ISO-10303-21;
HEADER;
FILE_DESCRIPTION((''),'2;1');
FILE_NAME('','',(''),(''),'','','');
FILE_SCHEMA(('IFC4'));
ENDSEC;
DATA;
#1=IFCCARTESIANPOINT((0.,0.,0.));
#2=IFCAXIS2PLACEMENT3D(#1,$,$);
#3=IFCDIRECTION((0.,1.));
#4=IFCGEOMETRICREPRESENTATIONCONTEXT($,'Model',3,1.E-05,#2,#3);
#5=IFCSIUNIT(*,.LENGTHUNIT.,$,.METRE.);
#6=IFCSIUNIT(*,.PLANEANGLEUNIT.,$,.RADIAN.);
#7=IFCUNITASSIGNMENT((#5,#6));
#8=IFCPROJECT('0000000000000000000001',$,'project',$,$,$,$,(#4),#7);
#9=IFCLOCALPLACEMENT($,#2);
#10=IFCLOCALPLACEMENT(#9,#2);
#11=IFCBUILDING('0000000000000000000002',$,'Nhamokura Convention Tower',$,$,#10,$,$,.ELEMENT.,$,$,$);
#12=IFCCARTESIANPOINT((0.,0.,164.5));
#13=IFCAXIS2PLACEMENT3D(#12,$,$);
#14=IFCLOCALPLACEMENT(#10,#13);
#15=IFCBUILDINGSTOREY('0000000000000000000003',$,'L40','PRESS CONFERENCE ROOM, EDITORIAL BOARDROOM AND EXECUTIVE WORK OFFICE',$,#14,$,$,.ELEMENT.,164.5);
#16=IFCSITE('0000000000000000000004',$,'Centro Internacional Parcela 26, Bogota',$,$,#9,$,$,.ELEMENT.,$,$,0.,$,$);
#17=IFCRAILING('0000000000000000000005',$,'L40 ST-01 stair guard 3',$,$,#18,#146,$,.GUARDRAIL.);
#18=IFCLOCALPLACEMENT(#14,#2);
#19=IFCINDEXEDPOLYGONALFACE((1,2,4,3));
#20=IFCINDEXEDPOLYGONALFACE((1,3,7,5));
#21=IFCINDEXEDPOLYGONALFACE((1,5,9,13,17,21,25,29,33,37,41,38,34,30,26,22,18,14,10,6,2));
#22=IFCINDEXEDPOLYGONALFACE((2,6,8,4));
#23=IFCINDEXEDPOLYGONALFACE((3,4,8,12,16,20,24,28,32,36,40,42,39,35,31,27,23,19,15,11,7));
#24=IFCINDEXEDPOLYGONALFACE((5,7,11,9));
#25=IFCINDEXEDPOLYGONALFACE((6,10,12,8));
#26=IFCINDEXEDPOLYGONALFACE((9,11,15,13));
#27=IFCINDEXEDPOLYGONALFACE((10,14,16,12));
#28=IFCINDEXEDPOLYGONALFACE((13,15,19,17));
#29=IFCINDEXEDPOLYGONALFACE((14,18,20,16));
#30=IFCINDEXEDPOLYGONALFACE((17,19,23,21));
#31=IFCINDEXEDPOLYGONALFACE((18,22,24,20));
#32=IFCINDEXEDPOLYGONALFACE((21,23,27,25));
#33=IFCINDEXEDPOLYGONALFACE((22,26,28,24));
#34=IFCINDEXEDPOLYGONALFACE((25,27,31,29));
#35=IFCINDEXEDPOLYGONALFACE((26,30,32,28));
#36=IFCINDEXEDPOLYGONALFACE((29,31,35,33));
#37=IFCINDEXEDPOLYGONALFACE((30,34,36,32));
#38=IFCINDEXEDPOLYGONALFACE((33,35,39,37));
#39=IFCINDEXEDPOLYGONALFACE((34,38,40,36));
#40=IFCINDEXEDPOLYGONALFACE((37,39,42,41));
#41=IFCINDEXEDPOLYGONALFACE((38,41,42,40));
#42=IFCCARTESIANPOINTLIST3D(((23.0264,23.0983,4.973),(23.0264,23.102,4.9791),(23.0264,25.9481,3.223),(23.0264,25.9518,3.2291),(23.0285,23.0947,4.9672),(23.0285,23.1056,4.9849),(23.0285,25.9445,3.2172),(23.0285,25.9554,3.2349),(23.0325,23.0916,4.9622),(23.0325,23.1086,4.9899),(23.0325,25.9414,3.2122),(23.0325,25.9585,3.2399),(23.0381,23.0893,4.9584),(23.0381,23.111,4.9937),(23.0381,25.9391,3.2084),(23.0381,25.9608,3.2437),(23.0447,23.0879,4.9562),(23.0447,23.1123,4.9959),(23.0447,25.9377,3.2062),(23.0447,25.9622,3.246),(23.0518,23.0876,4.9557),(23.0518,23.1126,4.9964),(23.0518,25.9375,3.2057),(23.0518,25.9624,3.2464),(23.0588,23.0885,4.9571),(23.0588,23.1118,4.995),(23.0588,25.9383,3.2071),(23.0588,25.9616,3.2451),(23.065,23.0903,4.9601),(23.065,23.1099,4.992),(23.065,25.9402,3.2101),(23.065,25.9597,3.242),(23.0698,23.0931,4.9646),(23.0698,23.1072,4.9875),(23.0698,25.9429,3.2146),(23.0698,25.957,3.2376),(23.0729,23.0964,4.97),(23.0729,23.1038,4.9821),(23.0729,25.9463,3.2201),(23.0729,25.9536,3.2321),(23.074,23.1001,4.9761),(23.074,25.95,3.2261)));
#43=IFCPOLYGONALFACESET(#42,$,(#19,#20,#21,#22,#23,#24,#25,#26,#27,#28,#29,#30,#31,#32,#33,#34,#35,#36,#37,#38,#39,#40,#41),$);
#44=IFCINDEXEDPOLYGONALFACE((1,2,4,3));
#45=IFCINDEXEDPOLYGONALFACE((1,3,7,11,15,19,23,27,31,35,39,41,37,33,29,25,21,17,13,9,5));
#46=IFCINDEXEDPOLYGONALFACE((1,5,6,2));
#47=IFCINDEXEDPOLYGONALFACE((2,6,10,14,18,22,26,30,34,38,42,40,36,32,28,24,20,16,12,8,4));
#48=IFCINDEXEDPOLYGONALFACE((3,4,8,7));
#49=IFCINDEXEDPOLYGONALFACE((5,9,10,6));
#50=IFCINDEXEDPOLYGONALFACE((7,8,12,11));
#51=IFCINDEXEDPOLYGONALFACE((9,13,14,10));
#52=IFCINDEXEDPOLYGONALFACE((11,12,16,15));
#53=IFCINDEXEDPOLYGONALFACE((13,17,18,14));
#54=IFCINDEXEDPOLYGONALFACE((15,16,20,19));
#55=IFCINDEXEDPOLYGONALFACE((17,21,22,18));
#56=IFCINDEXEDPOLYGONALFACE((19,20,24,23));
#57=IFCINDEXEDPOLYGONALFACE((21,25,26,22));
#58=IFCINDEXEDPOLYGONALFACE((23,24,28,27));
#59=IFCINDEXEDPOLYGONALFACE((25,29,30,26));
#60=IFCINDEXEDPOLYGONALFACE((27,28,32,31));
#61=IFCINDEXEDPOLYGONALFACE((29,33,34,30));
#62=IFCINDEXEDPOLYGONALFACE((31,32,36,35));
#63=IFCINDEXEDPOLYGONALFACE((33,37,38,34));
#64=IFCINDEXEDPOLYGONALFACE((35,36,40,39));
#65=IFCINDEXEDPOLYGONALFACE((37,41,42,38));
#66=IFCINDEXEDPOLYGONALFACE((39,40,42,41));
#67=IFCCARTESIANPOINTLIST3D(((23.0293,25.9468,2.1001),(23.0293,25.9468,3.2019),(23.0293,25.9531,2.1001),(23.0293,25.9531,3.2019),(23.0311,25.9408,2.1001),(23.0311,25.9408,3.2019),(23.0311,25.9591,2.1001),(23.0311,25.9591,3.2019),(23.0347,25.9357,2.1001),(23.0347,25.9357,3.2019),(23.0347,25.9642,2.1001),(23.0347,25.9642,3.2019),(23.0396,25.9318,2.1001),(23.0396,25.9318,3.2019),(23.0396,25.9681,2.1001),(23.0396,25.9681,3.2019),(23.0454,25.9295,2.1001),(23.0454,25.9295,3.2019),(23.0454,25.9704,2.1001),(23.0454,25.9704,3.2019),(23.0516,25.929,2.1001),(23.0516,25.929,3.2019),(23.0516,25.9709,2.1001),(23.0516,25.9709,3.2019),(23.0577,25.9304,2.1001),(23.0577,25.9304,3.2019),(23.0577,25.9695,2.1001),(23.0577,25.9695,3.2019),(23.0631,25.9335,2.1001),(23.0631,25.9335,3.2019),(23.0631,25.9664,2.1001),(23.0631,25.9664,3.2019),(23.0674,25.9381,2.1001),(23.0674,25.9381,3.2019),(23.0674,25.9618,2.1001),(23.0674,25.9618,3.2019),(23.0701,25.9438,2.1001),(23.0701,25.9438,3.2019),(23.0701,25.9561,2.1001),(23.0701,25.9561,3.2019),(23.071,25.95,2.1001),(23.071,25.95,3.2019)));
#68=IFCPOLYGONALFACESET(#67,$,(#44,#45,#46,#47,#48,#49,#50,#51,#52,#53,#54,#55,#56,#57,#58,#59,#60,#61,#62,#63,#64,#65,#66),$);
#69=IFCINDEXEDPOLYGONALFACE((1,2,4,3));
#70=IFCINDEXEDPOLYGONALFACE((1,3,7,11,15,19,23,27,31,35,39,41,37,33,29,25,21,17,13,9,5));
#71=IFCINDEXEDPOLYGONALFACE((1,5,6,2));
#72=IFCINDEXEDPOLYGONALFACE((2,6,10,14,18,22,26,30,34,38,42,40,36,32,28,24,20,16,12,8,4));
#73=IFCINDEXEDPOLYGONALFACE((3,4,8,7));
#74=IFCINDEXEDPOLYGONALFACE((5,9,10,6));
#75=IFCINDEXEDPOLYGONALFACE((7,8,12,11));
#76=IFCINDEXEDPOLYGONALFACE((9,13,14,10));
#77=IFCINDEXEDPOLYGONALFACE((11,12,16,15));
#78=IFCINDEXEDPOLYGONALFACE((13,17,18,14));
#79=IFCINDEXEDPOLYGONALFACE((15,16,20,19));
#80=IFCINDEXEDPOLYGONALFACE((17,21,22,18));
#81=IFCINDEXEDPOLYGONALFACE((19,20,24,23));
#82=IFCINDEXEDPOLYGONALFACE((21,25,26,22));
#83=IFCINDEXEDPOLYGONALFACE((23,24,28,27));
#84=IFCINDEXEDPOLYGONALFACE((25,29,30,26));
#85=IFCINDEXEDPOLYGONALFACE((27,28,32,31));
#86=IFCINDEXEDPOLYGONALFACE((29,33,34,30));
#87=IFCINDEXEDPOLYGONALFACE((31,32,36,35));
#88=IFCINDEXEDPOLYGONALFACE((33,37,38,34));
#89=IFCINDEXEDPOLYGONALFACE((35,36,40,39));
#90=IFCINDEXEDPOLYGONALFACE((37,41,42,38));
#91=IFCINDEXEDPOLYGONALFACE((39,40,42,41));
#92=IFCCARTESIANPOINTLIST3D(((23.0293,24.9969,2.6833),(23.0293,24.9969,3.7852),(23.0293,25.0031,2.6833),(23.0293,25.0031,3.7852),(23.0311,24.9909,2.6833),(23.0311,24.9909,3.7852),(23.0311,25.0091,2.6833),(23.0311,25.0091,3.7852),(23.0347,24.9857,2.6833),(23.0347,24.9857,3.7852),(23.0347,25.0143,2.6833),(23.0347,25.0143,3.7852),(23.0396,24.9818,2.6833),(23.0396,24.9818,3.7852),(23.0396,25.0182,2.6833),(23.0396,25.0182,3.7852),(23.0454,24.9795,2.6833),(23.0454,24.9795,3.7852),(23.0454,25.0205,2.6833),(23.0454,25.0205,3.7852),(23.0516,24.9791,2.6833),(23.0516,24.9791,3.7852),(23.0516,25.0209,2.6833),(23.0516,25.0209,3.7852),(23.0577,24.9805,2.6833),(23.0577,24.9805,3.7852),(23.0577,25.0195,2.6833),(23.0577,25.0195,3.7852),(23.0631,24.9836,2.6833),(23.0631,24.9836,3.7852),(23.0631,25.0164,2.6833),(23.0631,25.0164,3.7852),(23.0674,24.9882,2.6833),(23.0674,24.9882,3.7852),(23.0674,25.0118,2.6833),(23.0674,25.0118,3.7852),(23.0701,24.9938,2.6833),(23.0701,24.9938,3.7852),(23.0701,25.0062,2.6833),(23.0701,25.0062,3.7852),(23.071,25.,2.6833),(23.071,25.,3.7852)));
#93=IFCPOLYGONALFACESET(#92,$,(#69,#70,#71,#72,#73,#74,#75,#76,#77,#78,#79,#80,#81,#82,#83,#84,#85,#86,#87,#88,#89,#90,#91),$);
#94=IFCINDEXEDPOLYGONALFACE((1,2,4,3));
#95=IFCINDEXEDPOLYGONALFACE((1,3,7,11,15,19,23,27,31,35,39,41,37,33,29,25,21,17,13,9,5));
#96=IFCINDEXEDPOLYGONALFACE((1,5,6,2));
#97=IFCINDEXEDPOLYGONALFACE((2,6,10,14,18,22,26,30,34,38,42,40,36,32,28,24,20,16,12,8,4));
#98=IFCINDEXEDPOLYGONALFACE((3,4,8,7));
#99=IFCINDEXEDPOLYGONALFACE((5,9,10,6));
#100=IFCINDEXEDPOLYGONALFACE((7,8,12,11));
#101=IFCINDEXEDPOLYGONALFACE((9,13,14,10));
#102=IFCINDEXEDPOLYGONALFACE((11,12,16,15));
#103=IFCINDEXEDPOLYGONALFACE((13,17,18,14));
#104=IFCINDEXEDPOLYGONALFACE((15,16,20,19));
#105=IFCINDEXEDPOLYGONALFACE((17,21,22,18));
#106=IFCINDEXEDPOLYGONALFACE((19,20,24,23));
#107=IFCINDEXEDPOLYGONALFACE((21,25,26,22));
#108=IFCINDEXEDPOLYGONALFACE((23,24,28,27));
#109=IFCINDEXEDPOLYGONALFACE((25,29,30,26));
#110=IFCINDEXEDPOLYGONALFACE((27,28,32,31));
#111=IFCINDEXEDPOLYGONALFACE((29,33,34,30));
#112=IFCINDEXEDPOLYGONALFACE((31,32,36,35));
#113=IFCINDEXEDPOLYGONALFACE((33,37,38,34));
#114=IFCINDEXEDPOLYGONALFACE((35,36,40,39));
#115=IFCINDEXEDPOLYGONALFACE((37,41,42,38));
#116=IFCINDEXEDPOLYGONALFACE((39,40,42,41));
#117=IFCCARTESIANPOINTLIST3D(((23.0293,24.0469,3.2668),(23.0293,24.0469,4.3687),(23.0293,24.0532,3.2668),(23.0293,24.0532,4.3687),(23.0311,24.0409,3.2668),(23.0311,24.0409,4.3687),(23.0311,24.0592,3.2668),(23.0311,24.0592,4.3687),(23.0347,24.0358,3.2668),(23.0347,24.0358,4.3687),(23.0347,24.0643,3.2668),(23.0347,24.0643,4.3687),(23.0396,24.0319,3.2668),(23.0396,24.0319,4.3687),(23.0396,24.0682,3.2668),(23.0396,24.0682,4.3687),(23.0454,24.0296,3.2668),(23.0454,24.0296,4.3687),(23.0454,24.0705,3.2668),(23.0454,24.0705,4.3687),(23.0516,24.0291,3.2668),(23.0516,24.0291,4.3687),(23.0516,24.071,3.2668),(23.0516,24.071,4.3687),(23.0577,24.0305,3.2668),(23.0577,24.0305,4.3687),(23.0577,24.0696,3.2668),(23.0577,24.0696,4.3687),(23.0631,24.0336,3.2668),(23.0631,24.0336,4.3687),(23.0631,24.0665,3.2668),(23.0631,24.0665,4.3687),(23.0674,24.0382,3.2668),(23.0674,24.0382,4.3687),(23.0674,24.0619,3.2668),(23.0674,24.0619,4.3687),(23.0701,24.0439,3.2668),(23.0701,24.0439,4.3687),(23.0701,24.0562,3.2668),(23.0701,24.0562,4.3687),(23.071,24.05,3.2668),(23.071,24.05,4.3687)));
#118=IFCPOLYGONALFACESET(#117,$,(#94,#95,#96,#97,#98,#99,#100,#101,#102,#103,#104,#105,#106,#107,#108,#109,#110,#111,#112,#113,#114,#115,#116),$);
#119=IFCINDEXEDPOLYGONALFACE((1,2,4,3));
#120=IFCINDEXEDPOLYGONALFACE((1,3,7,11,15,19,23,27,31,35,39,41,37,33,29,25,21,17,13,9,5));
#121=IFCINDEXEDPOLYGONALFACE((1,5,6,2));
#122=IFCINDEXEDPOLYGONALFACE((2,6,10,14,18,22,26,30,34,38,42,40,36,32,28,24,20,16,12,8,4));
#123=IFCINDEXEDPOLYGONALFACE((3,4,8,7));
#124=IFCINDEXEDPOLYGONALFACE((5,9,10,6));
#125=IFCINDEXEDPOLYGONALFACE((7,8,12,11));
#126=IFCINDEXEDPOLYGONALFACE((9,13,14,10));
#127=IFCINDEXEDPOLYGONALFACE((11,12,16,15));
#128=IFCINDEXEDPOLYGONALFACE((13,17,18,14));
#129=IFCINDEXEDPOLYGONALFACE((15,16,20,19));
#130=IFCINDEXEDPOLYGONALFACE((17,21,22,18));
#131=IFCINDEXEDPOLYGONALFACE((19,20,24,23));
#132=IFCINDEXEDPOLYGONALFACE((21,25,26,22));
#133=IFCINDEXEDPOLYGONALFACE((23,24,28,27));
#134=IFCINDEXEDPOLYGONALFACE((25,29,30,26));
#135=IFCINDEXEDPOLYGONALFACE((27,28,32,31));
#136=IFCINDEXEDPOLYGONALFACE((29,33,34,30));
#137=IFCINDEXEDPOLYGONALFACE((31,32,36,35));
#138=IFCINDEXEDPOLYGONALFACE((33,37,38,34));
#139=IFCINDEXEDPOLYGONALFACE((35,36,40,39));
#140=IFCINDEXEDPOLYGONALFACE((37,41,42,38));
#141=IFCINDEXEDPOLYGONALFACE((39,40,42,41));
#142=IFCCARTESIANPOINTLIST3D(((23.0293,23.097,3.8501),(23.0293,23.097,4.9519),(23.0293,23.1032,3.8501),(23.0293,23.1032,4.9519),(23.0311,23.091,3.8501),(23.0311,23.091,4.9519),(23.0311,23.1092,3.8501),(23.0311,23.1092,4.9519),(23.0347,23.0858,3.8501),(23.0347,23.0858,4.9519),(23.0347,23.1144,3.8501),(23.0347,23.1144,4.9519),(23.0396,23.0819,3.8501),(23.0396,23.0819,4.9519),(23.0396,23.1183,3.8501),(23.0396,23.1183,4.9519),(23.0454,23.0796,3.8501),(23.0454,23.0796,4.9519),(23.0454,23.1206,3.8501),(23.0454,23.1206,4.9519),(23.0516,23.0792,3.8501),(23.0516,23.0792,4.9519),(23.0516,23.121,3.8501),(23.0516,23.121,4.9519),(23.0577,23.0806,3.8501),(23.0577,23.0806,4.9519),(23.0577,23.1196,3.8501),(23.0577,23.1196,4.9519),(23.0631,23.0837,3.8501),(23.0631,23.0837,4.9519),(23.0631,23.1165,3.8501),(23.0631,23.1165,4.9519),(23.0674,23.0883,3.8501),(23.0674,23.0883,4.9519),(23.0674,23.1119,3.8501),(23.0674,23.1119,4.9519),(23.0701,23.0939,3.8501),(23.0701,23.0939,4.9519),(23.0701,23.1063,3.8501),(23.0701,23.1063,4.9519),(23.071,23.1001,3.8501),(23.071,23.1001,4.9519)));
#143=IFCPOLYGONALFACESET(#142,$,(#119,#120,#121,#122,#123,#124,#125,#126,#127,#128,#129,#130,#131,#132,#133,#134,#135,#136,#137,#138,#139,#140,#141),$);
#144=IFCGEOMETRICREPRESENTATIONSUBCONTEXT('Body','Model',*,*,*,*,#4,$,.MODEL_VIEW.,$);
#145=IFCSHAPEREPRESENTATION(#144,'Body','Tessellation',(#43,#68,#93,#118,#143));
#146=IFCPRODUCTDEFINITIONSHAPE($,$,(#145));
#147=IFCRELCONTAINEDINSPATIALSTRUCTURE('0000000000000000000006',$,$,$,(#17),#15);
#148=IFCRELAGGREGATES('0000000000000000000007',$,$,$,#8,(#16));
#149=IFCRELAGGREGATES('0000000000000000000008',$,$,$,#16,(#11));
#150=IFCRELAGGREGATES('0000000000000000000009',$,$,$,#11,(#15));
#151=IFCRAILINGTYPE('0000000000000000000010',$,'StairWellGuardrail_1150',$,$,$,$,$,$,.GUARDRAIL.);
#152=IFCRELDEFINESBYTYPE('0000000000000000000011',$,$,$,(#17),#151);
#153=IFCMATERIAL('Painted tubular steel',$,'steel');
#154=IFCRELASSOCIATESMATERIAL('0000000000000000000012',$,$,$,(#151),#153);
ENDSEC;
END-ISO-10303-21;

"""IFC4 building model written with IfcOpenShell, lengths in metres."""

from ifc_helpers import new_model, si_unit, direction, frame, origin, origin_2d, place, context, subcontext, project, spatial, circle, extrude, material, type_object, element, save


model = new_model("IFC4")

# Units and contexts
model_context = context("Model", 3, precision=1e-05, world=origin(), true_north=direction((0.0, 1.0)))
body_context = subcontext(model_context, "Body", "Model", "MODEL_VIEW")
ifc_project = project(units=[si_unit("LENGTHUNIT", "METRE"), si_unit("PLANEANGLEUNIT", "RADIAN")], contexts=[model_context])

# Site, building, storey
site_placement = place(None, origin())
site = spatial("IfcSite", under=ifc_project, at=site_placement, Name="Centro Internacional Parcela 26, Bogota", CompositionType="ELEMENT", RefElevation=0.0)
building_placement = place(site_placement, origin())
building = spatial("IfcBuilding", under=site, at=building_placement, Name="Nhamokura Convention Tower", CompositionType="ELEMENT")
storey_placement = place(building_placement, frame((0.0, 0.0, 164.5)))
storey = spatial("IfcBuildingStorey", under=building, at=storey_placement, Name="L40", Description="PRESS CONFERENCE ROOM, EDITORIAL BOARDROOM AND EXECUTIVE WORK OFFICE", CompositionType="ELEMENT", Elevation=164.5)

# Railing
ifc_material_1 = material(Name="Painted tubular steel", Category="steel")
railing_type_1 = type_object("IfcRailingType", Name="StairWellGuardrail_1150", PredefinedType="GUARDRAIL", material=ifc_material_1)
railing_1_placement = place(storey_placement, frame((23.05, 25.95, 2.1001)))
element("IfcRailing", 1, at=railing_1_placement, inside=storey, type_object=railing_type_1, Name="L40 ST-01 stair guard 3", PredefinedType="GUARDRAIL", context=body_context, shape_type="SweptSolid", body=[
    extrude(circle(Radius=0.0239, at=origin_2d()), frame((0.0, 0.0, 1.126), z_axis=(0.0, -0.852159, 0.523283), x_axis=(1.0, 0.0, 0.0)), (0.0, 0.0, 1.0), 3.3442),
    extrude(circle(Radius=0.021, at=origin_2d()), origin(), (0.0, 0.0, 1.0), 1.1018),
    extrude(circle(Radius=0.021, at=origin_2d()), frame((0.0, -0.95, 0.5833)), (0.0, 0.0, 1.0), 1.1018),
    extrude(circle(Radius=0.021, at=origin_2d()), frame((0.0, -1.8999, 1.1667)), (0.0, 0.0, 1.0), 1.1018),
    extrude(circle(Radius=0.021, at=origin_2d()), frame((0.0, -2.8499, 1.75)), (0.0, 0.0, 1.0), 1.1018),
])

save(model, "model.ifc")
